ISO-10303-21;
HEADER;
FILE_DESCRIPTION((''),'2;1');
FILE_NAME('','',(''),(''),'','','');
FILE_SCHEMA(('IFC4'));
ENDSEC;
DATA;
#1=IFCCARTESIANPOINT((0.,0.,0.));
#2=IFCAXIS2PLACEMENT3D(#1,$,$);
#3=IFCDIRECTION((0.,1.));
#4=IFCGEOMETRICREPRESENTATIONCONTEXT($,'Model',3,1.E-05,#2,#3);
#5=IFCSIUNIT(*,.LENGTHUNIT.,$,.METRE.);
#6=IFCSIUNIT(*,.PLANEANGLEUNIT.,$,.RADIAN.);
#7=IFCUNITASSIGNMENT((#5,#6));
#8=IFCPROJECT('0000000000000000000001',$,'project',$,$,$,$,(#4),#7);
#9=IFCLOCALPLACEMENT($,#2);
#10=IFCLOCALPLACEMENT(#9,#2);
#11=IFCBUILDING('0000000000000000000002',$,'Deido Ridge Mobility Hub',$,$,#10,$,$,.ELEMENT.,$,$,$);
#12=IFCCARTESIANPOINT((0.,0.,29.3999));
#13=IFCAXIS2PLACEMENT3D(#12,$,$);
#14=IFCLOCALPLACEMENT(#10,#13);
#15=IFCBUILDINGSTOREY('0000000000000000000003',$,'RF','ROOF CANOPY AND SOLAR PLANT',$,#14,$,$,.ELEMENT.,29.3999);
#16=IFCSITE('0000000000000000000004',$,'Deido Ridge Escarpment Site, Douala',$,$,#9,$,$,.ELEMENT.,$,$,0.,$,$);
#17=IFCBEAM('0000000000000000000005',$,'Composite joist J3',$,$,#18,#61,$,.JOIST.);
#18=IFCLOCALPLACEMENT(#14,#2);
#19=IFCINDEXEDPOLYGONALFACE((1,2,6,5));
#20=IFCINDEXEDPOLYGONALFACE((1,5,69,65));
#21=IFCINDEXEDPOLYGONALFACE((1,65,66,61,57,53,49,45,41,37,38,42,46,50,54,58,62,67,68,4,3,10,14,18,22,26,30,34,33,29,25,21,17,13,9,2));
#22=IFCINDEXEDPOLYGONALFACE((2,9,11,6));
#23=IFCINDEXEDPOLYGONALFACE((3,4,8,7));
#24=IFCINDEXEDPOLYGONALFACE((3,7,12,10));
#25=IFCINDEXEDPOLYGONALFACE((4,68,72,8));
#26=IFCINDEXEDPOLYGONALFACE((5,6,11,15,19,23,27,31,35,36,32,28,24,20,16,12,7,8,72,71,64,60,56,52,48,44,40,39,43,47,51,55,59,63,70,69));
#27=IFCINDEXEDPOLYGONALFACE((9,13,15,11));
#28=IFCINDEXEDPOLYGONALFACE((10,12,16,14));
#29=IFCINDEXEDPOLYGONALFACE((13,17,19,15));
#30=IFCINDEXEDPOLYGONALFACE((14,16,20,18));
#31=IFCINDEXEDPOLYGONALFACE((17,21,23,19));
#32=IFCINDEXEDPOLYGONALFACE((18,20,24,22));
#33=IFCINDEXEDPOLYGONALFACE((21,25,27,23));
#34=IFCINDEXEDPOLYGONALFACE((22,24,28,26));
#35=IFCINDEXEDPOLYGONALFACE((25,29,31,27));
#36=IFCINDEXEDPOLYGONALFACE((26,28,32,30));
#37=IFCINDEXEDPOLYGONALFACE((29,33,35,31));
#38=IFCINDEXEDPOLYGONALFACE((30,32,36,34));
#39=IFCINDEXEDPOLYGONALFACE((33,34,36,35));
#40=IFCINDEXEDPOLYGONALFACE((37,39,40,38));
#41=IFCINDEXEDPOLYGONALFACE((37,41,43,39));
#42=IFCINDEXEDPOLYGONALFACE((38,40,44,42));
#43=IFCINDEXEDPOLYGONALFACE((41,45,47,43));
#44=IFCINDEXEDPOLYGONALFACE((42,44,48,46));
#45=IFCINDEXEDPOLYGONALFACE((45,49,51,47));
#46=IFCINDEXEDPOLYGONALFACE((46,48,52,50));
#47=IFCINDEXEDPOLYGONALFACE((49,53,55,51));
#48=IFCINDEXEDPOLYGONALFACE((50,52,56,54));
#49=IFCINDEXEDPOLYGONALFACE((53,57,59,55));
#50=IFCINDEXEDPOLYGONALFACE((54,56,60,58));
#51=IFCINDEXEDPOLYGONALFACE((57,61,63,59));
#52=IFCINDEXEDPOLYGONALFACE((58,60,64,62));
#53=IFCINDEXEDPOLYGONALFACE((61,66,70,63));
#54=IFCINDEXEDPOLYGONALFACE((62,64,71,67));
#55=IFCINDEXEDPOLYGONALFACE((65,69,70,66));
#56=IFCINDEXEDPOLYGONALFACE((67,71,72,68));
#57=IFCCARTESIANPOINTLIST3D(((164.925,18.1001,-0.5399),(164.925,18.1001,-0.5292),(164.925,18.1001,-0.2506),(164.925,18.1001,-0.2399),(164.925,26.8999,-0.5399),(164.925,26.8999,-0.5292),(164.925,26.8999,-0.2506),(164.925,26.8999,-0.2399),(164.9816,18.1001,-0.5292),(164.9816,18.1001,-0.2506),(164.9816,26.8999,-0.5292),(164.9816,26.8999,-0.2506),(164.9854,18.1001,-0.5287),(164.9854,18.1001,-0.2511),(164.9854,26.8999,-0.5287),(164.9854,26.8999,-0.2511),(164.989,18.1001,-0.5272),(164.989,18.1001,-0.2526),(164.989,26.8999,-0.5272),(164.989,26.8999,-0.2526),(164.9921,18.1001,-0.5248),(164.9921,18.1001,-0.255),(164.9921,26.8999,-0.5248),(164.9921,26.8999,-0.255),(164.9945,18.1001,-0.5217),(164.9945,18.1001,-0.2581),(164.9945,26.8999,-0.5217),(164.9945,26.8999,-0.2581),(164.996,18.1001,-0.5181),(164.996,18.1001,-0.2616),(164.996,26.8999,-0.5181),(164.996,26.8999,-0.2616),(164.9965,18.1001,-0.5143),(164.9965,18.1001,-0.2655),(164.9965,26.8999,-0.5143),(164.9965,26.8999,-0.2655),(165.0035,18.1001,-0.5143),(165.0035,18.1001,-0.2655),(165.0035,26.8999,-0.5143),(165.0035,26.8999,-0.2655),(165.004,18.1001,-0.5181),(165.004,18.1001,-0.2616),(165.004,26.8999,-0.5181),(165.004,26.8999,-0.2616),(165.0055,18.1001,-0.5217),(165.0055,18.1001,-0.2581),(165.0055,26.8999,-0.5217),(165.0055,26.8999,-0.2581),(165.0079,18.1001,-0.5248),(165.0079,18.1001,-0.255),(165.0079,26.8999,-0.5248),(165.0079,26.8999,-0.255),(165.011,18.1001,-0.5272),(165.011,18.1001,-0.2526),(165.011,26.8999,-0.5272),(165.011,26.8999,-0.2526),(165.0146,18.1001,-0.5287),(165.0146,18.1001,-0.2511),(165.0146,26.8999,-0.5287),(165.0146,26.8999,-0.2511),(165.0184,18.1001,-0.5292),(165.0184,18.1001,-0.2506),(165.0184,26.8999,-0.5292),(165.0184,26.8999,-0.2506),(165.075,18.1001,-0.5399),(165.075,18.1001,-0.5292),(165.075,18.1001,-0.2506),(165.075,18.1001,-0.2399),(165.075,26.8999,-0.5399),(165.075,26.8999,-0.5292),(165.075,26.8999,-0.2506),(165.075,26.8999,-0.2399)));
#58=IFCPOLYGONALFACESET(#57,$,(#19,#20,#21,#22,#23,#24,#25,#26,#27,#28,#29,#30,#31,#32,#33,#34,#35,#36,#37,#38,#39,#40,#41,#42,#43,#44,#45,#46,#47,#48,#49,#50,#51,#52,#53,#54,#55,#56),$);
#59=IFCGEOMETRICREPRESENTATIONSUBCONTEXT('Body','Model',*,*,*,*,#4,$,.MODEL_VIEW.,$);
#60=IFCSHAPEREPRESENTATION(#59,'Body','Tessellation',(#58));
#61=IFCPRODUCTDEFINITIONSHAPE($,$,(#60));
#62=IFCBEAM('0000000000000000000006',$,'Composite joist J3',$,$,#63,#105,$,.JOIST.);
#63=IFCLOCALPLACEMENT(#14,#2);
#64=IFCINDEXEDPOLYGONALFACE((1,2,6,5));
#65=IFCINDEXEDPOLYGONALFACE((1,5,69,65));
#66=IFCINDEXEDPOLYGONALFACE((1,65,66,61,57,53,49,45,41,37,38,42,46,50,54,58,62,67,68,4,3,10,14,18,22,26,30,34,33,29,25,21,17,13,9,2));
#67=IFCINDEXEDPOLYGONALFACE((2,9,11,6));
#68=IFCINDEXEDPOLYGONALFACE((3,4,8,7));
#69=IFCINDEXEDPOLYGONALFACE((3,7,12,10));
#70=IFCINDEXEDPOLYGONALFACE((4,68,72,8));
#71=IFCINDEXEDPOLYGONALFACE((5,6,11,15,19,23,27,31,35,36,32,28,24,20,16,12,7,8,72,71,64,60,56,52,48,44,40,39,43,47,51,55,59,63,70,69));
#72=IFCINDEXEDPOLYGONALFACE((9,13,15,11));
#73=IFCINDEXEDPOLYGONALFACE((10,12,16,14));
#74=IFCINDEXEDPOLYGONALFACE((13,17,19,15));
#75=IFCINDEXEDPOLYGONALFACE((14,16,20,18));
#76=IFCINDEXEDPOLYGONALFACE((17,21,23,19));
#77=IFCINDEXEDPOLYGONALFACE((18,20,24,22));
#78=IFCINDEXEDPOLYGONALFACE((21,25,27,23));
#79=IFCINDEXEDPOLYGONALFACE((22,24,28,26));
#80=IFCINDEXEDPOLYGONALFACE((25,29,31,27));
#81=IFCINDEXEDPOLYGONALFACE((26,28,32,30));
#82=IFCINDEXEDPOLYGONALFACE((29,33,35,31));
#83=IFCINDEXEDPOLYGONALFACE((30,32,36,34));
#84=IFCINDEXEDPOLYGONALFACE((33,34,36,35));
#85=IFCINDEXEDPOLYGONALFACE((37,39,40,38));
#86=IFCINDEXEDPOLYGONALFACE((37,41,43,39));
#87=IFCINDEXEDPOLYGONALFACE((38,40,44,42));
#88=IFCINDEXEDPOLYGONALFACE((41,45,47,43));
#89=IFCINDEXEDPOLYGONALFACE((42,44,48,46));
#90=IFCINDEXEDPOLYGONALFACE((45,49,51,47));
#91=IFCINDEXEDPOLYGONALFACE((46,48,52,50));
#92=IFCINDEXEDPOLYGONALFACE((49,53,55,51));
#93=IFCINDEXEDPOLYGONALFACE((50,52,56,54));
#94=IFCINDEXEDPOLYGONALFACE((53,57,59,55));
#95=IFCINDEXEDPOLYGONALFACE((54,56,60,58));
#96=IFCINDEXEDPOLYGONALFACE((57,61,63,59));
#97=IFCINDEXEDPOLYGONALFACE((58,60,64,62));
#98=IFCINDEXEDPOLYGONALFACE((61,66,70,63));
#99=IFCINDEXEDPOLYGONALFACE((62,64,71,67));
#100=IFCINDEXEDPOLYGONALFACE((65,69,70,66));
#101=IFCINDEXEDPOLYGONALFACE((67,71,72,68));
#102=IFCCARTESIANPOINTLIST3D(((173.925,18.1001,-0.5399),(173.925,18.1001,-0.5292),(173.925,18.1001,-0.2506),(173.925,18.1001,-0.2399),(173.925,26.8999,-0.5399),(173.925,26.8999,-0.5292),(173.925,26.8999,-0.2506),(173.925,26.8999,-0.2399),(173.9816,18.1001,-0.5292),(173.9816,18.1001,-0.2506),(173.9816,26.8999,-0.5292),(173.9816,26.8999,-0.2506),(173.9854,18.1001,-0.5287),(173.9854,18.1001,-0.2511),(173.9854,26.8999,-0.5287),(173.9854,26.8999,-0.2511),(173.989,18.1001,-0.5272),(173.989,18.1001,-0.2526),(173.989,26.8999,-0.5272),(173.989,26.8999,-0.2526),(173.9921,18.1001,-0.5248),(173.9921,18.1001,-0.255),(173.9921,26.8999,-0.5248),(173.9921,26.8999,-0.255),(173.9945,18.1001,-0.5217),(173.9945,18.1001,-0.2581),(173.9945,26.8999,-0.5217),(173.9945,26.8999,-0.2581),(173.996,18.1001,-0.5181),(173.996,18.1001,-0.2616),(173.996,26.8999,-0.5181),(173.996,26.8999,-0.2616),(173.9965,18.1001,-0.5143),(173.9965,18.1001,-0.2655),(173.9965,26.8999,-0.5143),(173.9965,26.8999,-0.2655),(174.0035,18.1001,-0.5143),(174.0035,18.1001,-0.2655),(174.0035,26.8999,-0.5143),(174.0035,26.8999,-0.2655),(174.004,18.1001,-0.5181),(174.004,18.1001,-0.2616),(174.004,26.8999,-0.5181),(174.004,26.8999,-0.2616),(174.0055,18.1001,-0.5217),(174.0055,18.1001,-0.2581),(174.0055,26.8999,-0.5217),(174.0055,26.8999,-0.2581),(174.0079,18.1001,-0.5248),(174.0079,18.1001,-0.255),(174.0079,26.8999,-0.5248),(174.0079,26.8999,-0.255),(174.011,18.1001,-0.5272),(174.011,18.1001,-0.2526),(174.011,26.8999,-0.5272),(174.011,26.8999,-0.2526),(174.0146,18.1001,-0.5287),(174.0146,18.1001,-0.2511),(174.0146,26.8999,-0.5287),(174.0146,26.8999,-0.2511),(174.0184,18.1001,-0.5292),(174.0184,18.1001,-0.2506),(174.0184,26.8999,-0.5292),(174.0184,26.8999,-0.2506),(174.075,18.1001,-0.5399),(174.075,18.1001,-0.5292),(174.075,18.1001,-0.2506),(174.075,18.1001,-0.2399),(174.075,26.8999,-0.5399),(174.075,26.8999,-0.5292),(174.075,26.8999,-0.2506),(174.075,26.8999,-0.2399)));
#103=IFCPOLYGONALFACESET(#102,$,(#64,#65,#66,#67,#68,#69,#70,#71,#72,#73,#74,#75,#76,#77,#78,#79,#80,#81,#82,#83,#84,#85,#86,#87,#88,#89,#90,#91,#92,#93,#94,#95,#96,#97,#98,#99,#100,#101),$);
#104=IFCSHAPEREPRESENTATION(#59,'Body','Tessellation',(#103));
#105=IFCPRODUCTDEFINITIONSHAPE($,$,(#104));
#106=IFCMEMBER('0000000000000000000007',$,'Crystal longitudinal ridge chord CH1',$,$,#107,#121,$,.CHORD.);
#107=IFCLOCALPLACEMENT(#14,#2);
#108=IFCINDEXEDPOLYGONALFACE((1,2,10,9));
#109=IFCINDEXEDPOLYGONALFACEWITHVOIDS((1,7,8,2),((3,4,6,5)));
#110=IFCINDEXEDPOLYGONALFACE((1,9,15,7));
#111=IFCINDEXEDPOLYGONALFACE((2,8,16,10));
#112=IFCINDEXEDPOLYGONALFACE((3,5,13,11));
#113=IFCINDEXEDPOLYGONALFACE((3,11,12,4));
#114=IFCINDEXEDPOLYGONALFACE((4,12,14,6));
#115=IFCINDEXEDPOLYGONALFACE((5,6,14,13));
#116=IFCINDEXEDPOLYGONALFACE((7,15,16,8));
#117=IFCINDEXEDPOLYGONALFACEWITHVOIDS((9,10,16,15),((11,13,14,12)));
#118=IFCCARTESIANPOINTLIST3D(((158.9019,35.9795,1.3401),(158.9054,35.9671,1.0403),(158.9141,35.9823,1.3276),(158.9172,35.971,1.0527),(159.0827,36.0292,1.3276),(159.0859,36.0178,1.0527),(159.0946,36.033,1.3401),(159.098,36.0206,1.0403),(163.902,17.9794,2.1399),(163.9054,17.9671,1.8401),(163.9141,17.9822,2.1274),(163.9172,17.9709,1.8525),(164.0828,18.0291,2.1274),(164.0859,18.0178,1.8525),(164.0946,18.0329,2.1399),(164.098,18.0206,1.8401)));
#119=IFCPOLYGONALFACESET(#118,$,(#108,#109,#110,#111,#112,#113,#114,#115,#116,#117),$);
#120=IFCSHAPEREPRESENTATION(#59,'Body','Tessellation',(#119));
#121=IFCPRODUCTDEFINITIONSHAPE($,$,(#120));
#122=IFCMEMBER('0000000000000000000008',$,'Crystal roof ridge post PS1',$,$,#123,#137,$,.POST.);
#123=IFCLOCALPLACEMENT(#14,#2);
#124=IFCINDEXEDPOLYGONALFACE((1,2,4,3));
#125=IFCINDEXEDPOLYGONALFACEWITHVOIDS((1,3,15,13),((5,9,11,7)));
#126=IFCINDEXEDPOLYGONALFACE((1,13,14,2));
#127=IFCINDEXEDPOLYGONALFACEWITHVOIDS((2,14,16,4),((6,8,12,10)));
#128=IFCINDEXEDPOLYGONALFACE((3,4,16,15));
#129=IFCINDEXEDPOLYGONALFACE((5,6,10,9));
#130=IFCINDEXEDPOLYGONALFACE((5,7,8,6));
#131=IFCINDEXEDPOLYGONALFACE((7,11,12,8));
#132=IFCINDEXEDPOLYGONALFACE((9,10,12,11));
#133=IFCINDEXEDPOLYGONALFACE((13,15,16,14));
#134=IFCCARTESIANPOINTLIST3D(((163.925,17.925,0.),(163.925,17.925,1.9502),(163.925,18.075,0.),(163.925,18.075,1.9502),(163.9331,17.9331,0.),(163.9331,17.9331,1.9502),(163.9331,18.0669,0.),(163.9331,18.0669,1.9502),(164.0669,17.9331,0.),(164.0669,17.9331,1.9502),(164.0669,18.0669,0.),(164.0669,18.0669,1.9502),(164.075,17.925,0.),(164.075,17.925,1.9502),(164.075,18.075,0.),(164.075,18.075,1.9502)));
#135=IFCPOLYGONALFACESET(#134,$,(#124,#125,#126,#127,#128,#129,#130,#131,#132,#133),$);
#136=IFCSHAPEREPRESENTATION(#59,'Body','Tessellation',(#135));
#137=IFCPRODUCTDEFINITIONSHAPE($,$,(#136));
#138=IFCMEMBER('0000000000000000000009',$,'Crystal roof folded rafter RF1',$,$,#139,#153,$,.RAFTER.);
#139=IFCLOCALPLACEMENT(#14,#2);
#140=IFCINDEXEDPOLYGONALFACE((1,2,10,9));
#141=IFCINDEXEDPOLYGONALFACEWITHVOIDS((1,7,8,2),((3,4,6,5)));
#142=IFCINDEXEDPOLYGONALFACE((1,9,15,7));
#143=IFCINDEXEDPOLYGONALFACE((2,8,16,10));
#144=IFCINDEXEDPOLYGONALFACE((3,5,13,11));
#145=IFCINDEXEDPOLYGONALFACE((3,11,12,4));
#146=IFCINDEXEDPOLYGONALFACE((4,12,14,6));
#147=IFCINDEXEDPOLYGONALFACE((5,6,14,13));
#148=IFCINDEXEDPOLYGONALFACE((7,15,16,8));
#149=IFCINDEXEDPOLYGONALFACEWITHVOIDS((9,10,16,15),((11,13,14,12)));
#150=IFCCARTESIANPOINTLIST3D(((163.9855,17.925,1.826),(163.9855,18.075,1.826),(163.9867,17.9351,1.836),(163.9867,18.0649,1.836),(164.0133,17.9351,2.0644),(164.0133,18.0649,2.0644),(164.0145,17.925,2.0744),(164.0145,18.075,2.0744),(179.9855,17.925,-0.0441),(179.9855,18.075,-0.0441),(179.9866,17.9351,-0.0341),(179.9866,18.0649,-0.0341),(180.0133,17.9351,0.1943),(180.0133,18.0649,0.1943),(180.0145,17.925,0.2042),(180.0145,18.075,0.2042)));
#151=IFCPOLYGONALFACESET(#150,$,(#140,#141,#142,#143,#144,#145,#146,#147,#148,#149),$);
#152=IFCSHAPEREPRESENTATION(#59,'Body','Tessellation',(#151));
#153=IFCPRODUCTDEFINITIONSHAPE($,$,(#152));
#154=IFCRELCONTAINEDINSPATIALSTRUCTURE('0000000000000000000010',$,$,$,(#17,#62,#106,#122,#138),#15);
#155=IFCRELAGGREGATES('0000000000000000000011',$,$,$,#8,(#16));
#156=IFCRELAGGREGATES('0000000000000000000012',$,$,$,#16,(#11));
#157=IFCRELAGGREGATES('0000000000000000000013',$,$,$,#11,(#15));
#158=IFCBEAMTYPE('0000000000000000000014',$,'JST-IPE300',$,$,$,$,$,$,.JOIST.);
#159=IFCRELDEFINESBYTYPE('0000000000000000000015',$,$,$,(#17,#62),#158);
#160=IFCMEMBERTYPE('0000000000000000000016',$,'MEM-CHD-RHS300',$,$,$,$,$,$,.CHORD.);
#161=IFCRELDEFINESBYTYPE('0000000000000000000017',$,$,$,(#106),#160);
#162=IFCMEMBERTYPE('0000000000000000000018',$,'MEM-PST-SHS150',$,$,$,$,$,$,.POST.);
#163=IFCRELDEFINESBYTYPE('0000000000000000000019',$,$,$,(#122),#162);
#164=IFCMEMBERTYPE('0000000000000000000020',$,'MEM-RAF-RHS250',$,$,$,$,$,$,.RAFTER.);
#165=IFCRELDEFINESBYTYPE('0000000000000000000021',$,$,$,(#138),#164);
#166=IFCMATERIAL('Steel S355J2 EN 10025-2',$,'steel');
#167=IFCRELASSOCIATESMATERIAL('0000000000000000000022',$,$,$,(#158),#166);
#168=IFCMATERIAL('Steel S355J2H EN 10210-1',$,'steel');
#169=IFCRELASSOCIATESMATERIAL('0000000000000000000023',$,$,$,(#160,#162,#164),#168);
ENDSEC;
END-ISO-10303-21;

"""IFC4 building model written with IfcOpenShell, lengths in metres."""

from ifc_helpers import new_model, si_unit, direction, frame, origin, origin_2d, place, context, subcontext, project, spatial, hollow_rectangle, i_section, extrude, material, material_profile, profile_set, type_object, element, save


model = new_model("IFC4")

# Units and contexts
model_context = context("Model", 3, precision=1e-05, world=origin(), true_north=direction((0.0, 1.0)))
body_context = subcontext(model_context, "Body", "Model", "MODEL_VIEW")
ifc_project = project(units=[si_unit("LENGTHUNIT", "METRE"), si_unit("PLANEANGLEUNIT", "RADIAN")], contexts=[model_context])

# Site, building, storey
site_placement = place(None, origin())
site = spatial("IfcSite", under=ifc_project, at=site_placement, Name="Deido Ridge Escarpment Site, Douala", CompositionType="ELEMENT", RefElevation=0.0)
building_placement = place(site_placement, origin())
building = spatial("IfcBuilding", under=site, at=building_placement, Name="Deido Ridge Mobility Hub", CompositionType="ELEMENT")
storey_placement = place(building_placement, frame((0.0, 0.0, 29.3999)))
storey = spatial("IfcBuildingStorey", under=building, at=storey_placement, Name="RF", Description="ROOF CANOPY AND SOLAR PLANT", CompositionType="ELEMENT", Elevation=29.3999)

# Beams
ifc_material_1 = material(Name="Steel S355J2 EN 10025-2", Category="steel")
ifc_material_profile_1 = material_profile(ifc_material_1, i_section(OverallWidth=0.1499, OverallDepth=0.3, WebThickness=0.0071, FlangeThickness=0.0107, FilletRadius=0.0149, at=origin_2d()), Name="IPE 300")
ifc_profile_set_1 = profile_set([ifc_material_profile_1], Name="Steel S355J2 EN 10025-2")
beam_type_1 = type_object("IfcBeamType", Name="JST-IPE300", PredefinedType="JOIST", material=ifc_profile_set_1)
for number, where, z_axis, x_axis, name in (
    (1, (165.0, 18.1001, -0.3899), (0.0, 1.0, 0.0), (-1.0, 0.0, 0.0), "Composite joist J3"),
    (2, (174.0, 18.1001, -0.3899), (0.0, 1.0, 0.0), (-1.0, 0.0, 0.0), "Composite joist J3"),
):
    element("IfcBeam", number, at=place(storey_placement, frame(where, z_axis=z_axis, x_axis=x_axis)), inside=storey, type_object=beam_type_1, Name=name, PredefinedType="JOIST", context=body_context, shape_type="SweptSolid", body=[
        extrude(i_section(OverallWidth=0.1499, OverallDepth=0.3, WebThickness=0.0071, FlangeThickness=0.0107, FilletRadius=0.0149, at=origin_2d()), origin(), (0.0, 0.0, 1.0), 8.7998),
    ])

# Members
ifc_material_2 = material(Name="Steel S355J2H EN 10210-1", Category="steel")
ifc_material_profile_2 = material_profile(ifc_material_2, hollow_rectangle(XDim=0.2, YDim=0.3, WallThickness=0.0125, at=origin_2d()), Name="RHS 300x200x12.5")
ifc_profile_set_2 = profile_set([ifc_material_profile_2], Name="Steel S355J2H EN 10210-1")
member_type_1 = type_object("IfcMemberType", Name="MEM-CHD-RHS300", PredefinedType="CHORD", material=ifc_profile_set_2)
member_1_placement = place(storey_placement, frame((164.0, 18.0, 1.99), z_axis=(-0.267399, 0.962636, -0.042773), x_axis=(-0.963518, -0.267644, 0.0)))
element("IfcMember", 3, at=member_1_placement, inside=storey, type_object=member_type_1, Name="Crystal longitudinal ridge chord CH1", PredefinedType="CHORD", context=body_context, shape_type="SweptSolid", body=[
    extrude(hollow_rectangle(XDim=0.2, YDim=0.3, WallThickness=0.0125, at=origin_2d()), origin(), (0.0, 0.0, 1.0), 18.6987),
])
ifc_material_profile_3 = material_profile(ifc_material_2, hollow_rectangle(XDim=0.1499, YDim=0.1499, WallThickness=0.0081, at=origin_2d()), Name="SHS 150x150x8")
ifc_profile_set_3 = profile_set([ifc_material_profile_3], Name="Steel S355J2H EN 10210-1")
member_type_2 = type_object("IfcMemberType", Name="MEM-PST-SHS150", PredefinedType="POST", material=ifc_profile_set_3)
member_2_placement = place(storey_placement, frame((164.0, 18.0, 0.0), z_axis=(0.0, 0.0, 1.0), x_axis=(1.0, 0.0, 0.0)))
element("IfcMember", 4, at=member_2_placement, inside=storey, type_object=member_type_2, Name="Crystal roof ridge post PS1", PredefinedType="POST", context=body_context, shape_type="SweptSolid", body=[
    extrude(hollow_rectangle(XDim=0.1499, YDim=0.1499, WallThickness=0.0081, at=origin_2d()), origin(), (0.0, 0.0, 1.0), 1.9502),
])
ifc_material_profile_4 = material_profile(ifc_material_2, hollow_rectangle(XDim=0.1499, YDim=0.25, WallThickness=0.01, at=origin_2d()), Name="RHS 250x150x10")
ifc_profile_set_4 = profile_set([ifc_material_profile_4], Name="Steel S355J2H EN 10210-1")
member_type_3 = type_object("IfcMemberType", Name="MEM-RAF-RHS250", PredefinedType="RAFTER", material=ifc_profile_set_4)
member_3_placement = place(storey_placement, frame((164.0, 18.0, 1.9502), z_axis=(0.993238, 0.0, -0.116092), x_axis=(0.0, 1.0, 0.0)))
element("IfcMember", 5, at=member_3_placement, inside=storey, type_object=member_type_3, Name="Crystal roof folded rafter RF1", PredefinedType="RAFTER", context=body_context, shape_type="SweptSolid", body=[
    extrude(hollow_rectangle(XDim=0.1499, YDim=0.25, WallThickness=0.01, at=origin_2d()), origin(), (0.0, 0.0, 1.0), 16.1089),
])

save(model, "model.ifc")
